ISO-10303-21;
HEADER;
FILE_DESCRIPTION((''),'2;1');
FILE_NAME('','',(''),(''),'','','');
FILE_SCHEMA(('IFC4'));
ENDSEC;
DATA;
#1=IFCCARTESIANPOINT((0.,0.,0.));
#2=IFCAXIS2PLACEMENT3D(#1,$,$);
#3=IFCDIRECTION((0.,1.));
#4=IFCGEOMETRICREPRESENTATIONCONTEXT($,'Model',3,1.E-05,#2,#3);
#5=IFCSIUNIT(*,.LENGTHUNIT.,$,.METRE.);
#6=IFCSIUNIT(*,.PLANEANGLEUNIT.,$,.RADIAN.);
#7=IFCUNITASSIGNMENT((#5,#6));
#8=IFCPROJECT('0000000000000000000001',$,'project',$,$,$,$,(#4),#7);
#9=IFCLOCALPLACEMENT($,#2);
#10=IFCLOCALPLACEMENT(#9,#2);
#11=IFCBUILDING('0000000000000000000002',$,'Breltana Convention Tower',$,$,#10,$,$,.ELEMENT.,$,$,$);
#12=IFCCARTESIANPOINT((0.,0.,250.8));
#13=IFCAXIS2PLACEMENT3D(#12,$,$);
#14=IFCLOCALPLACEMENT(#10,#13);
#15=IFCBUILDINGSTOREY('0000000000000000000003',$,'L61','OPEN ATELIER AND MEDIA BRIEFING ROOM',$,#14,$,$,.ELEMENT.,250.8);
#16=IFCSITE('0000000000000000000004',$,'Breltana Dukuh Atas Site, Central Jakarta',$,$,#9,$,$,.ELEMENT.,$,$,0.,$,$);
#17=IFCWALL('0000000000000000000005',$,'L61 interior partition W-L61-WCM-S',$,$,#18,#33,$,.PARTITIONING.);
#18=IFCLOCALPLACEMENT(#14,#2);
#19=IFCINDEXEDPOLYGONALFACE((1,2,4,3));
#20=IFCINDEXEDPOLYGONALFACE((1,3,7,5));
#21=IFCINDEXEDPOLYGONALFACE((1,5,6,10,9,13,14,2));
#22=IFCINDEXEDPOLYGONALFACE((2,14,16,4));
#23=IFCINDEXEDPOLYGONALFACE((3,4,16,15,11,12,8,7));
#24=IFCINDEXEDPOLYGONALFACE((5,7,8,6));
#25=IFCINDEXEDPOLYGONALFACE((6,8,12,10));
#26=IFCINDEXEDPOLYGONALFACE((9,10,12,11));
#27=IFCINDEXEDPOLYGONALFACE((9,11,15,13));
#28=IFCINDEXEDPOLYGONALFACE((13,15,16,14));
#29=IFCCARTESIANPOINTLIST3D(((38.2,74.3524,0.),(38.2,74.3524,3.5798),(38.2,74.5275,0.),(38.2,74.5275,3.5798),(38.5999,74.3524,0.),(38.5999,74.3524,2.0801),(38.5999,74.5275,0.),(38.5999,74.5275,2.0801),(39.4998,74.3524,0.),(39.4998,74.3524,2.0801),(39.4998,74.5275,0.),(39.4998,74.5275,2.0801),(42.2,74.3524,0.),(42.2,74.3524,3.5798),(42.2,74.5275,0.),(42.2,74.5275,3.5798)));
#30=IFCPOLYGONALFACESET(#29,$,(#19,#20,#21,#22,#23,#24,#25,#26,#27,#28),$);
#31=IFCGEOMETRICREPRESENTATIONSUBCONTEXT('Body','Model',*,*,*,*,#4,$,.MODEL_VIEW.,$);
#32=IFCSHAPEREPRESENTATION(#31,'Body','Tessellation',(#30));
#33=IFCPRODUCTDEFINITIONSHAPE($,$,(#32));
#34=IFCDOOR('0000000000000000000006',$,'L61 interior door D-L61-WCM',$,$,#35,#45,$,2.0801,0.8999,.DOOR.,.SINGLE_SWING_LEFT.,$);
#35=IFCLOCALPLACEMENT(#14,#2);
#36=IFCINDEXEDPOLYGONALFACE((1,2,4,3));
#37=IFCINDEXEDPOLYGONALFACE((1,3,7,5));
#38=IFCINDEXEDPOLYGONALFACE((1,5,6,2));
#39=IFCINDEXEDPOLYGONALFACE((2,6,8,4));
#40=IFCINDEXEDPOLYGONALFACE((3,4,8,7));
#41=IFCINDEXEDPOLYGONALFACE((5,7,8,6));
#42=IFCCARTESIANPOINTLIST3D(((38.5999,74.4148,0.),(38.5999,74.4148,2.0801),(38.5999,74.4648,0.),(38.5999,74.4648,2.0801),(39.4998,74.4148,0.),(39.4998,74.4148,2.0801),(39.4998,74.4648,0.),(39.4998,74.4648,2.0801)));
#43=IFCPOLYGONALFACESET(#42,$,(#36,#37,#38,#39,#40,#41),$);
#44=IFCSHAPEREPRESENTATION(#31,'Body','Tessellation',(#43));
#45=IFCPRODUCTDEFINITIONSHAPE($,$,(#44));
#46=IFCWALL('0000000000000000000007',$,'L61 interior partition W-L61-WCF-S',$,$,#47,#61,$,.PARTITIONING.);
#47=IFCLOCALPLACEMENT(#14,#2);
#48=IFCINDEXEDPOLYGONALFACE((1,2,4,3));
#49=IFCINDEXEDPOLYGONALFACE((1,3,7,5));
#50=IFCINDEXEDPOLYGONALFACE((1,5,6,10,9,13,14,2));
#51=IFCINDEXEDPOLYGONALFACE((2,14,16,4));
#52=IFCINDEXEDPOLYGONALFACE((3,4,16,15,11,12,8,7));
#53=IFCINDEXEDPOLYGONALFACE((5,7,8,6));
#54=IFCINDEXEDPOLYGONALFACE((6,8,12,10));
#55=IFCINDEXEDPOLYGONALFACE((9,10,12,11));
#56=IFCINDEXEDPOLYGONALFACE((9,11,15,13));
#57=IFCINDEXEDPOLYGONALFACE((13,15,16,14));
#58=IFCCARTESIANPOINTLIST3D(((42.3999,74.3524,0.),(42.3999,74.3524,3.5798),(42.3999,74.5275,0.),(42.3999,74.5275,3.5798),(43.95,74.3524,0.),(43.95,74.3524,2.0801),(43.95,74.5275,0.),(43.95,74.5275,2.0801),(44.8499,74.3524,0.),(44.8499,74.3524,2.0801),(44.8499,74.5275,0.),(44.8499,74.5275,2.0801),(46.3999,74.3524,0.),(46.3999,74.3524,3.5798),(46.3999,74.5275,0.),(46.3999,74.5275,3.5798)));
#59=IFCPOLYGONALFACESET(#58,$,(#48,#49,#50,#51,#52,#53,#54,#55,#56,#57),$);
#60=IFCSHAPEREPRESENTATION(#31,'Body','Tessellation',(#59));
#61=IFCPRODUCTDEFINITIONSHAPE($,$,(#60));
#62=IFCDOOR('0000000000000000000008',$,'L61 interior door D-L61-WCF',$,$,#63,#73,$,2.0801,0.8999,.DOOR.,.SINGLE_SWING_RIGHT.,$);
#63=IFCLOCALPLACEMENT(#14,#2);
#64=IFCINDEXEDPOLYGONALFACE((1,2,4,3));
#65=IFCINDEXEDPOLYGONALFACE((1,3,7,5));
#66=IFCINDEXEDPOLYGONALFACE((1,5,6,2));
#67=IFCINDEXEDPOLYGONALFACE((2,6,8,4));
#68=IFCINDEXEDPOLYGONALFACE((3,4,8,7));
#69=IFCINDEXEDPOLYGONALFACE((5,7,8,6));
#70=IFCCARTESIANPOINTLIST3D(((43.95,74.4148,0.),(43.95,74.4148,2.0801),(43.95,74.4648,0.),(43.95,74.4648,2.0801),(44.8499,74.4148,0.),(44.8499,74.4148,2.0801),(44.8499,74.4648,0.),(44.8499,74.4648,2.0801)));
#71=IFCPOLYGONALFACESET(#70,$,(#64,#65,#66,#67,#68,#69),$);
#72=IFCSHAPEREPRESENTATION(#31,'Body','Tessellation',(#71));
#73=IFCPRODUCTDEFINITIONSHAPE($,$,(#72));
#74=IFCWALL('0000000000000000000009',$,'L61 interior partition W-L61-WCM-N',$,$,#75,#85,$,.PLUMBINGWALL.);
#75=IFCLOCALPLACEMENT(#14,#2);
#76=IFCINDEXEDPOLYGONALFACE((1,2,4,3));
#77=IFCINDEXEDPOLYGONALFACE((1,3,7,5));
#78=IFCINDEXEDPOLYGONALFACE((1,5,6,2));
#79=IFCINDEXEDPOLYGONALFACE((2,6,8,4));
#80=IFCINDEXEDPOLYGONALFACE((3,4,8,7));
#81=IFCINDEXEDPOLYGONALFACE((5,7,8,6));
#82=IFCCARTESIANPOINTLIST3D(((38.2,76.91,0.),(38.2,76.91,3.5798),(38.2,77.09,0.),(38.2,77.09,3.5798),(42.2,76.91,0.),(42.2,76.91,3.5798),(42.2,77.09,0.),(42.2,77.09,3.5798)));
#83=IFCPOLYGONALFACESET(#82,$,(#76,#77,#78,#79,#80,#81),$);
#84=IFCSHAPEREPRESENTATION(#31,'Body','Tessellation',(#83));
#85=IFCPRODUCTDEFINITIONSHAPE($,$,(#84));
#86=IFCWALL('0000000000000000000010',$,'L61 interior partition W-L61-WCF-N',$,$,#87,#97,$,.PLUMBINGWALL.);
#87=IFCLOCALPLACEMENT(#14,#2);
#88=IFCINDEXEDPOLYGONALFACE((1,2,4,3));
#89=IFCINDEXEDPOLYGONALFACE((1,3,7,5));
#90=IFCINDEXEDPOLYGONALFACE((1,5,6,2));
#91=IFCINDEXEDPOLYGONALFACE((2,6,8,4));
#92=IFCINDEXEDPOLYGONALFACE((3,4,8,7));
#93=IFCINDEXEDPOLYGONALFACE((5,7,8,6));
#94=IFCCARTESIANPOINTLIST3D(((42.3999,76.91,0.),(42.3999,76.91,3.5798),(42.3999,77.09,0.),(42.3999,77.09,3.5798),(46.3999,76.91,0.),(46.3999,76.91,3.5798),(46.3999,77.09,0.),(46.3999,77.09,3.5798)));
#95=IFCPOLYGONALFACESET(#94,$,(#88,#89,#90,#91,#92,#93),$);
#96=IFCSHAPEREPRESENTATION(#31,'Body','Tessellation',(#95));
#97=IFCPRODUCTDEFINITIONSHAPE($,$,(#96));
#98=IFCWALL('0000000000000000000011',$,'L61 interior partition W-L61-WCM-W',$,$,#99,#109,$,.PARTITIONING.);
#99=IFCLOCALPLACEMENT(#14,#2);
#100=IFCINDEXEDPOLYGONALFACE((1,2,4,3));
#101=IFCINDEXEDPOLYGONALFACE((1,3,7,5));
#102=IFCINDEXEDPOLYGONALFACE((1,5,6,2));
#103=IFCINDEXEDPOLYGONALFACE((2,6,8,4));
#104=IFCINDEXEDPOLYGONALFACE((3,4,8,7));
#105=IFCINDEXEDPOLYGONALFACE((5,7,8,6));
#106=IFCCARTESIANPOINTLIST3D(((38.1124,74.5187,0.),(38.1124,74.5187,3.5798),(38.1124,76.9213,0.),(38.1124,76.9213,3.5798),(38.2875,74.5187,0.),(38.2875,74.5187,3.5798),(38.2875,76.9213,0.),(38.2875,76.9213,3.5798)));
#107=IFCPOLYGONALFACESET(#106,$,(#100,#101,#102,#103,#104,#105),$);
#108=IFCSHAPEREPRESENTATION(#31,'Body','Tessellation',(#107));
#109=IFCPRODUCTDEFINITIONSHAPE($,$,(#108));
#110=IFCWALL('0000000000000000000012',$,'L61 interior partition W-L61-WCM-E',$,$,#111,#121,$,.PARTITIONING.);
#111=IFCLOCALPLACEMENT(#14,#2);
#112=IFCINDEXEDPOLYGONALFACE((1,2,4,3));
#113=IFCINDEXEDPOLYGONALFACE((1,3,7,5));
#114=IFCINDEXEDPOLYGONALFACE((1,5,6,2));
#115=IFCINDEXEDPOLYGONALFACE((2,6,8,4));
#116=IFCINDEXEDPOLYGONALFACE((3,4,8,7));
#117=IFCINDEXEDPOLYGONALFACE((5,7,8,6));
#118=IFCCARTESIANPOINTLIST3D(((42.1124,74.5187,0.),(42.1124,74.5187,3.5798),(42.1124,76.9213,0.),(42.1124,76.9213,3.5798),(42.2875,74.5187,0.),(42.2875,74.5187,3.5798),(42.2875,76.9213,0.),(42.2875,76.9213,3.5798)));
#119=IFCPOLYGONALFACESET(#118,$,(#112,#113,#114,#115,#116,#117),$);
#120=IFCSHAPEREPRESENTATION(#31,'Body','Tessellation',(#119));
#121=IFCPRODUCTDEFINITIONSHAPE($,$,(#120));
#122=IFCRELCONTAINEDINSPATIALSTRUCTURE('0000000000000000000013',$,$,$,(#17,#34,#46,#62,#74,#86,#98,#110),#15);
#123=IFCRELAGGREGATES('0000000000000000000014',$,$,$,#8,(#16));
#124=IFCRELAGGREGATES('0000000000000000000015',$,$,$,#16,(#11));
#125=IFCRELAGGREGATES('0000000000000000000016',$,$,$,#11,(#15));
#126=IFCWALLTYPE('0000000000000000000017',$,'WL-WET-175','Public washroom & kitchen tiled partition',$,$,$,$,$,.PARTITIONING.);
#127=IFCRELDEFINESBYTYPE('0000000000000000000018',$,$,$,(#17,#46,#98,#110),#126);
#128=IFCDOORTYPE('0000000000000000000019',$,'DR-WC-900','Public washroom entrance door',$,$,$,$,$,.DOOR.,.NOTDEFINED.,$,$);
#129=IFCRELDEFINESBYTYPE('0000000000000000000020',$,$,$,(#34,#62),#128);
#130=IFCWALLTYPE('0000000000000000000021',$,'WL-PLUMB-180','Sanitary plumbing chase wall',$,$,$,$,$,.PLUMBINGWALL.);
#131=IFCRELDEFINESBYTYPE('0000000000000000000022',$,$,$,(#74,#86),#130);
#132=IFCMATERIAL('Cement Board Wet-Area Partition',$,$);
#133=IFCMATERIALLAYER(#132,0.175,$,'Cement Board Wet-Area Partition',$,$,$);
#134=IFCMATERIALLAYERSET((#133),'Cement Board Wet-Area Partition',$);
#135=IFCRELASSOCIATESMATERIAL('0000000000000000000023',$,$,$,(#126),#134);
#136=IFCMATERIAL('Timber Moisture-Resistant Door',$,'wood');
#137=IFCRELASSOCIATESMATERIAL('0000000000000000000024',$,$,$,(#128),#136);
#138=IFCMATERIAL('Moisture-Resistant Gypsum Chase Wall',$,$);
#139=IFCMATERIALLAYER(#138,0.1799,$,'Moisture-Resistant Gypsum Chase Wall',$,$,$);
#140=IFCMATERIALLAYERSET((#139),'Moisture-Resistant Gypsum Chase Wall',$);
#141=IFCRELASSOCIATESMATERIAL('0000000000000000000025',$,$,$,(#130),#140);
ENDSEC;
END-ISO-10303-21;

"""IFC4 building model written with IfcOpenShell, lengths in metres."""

from ifc_helpers import new_model, si_unit, direction, frame, frame_2d, origin, place, context, subcontext, project, spatial, rectangle, extrude, source, transform, mapped, material, layer, layer_set, type_object, type_shapes, element, fill, save


model = new_model("IFC4")

# Units and contexts
model_context = context("Model", 3, precision=1e-05, world=origin(), true_north=direction((0.0, 1.0)))
body_context = subcontext(model_context, "Body", "Model", "MODEL_VIEW")
ifc_project = project(units=[si_unit("LENGTHUNIT", "METRE"), si_unit("PLANEANGLEUNIT", "RADIAN")], contexts=[model_context])

# Site, building, storey
site_placement = place(None, origin())
site = spatial("IfcSite", under=ifc_project, at=site_placement, Name="Breltana Dukuh Atas Site, Central Jakarta", CompositionType="ELEMENT", RefElevation=0.0)
building_placement = place(site_placement, origin())
building = spatial("IfcBuilding", under=site, at=building_placement, Name="Breltana Convention Tower", CompositionType="ELEMENT")
storey_placement = place(building_placement, frame((0.0, 0.0, 250.8)))
storey = spatial("IfcBuildingStorey", under=building, at=storey_placement, Name="L61", Description="OPEN ATELIER AND MEDIA BRIEFING ROOM", CompositionType="ELEMENT", Elevation=250.8)

# Walls, openings, doors
ifc_material_1 = material(Name="Cement Board Wet-Area Partition")
ifc_layer_1 = layer(ifc_material_1, 0.175, Name="Cement Board Wet-Area Partition")
ifc_layer_set_1 = layer_set([ifc_layer_1], Name="Cement Board Wet-Area Partition")
wall_type_1 = type_object("IfcWallType", Name="WL-WET-175", Description="Public washroom & kitchen tiled partition", PredefinedType="PARTITIONING", material=ifc_layer_set_1)
shared_shape_1 = source(origin(), body_context, "Body", "SweptSolid", [
    extrude(rectangle(XDim=4.0, YDim=0.175, at=frame_2d((2.0, 0.0))), origin(), (0.0, 0.0, 1.0), 3.5798),
])
wall_1_placement = place(storey_placement, frame((38.2, 74.4399, 0.0), z_axis=(0.0, 0.0, 1.0), x_axis=(1.0, 0.0, 0.0)))
wall_1 = element("IfcWall", 1, at=wall_1_placement, inside=storey, type_object=wall_type_1, Name="L61 interior partition W-L61-WCM-S", PredefinedType="PARTITIONING", context=body_context, shape_type="MappedRepresentation", body=[
    mapped(shared_shape_1, transform((0.0, 0.0, 0.0), scale=1.0)),
])
opening_1_placement = place(wall_1_placement, frame((0.3999, 0.0, 0.0)))
opening_1 = element("IfcOpeningElement", 2, at=opening_1_placement, cuts=wall_1, PredefinedType="OPENING", context=body_context, shape_type="SweptSolid", body=[
    extrude(rectangle(XDim=0.8999, YDim=2.0801, at=frame_2d((0.45, 1.04))), frame((0.0, 0.0977, 0.0), z_axis=(0.0, -1.0, 0.0), x_axis=(1.0, 0.0, 0.0)), (0.0, 0.0, 1.0), 0.1951),
])
ifc_material_2 = material(Name="Timber Moisture-Resistant Door", Category="wood")
door_type_1 = type_object("IfcDoorType", Name="DR-WC-900", Description="Public washroom entrance door", OperationType="NOTDEFINED", PredefinedType="DOOR", material=ifc_material_2)
shared_shape_2 = source(origin(), body_context, "Body", "SweptSolid", [
    extrude(rectangle(XDim=0.8999, YDim=2.0801, at=frame_2d((0.45, 1.04))), frame((0.0, 0.0249, 0.0), z_axis=(0.0, -1.0, 0.0), x_axis=(1.0, 0.0, 0.0)), (0.0, 0.0, 1.0), 0.05),
])
type_shapes(door_type_1, [shared_shape_2])
door_1_placement = place(opening_1_placement, origin())
door_1 = element("IfcDoor", 3, at=door_1_placement, inside=storey, type_object=door_type_1, Name="L61 interior door D-L61-WCM", OperationType="SINGLE_SWING_LEFT", OverallHeight=2.0801, OverallWidth=0.8999, PredefinedType="DOOR", context=body_context, shape_type="MappedRepresentation", body=[
    mapped(shared_shape_2, transform((0.0, 0.0, 0.0), scale=1.0)),
])
fill(opening_1, door_1)
wall_2_placement = place(storey_placement, frame((42.3999, 74.4399, 0.0), z_axis=(0.0, 0.0, 1.0), x_axis=(1.0, 0.0, 0.0)))
wall_2 = element("IfcWall", 4, at=wall_2_placement, inside=storey, type_object=wall_type_1, Name="L61 interior partition W-L61-WCF-S", PredefinedType="PARTITIONING", context=body_context, shape_type="MappedRepresentation", body=[
    mapped(shared_shape_1, transform((0.0, 0.0, 0.0), scale=1.0)),
])
opening_2_placement = place(wall_2_placement, frame((1.55, 0.0, 0.0)))
opening_2 = element("IfcOpeningElement", 5, at=opening_2_placement, cuts=wall_2, PredefinedType="OPENING", context=body_context, shape_type="SweptSolid", body=[
    extrude(rectangle(XDim=0.8999, YDim=2.0801, at=frame_2d((0.45, 1.04))), frame((0.0, 0.0977, 0.0), z_axis=(0.0, -1.0, 0.0), x_axis=(1.0, 0.0, 0.0)), (0.0, 0.0, 1.0), 0.1951),
])
door_2_placement = place(opening_2_placement, origin())
door_2 = element("IfcDoor", 6, at=door_2_placement, inside=storey, type_object=door_type_1, Name="L61 interior door D-L61-WCF", OperationType="SINGLE_SWING_RIGHT", OverallHeight=2.0801, OverallWidth=0.8999, PredefinedType="DOOR", context=body_context, shape_type="MappedRepresentation", body=[
    mapped(shared_shape_2, transform((0.0, 0.0, 0.0), scale=1.0)),
])
fill(opening_2, door_2)

# Walls
ifc_material_3 = material(Name="Moisture-Resistant Gypsum Chase Wall")
ifc_layer_2 = layer(ifc_material_3, 0.1799, Name="Moisture-Resistant Gypsum Chase Wall")
ifc_layer_set_2 = layer_set([ifc_layer_2], Name="Moisture-Resistant Gypsum Chase Wall")
wall_type_2 = type_object("IfcWallType", Name="WL-PLUMB-180", Description="Sanitary plumbing chase wall", PredefinedType="PLUMBINGWALL", material=ifc_layer_set_2)
shared_shape_3 = source(origin(), body_context, "Body", "SweptSolid", [
    extrude(rectangle(XDim=4.0, YDim=0.1799, at=frame_2d((2.0, 0.0))), origin(), (0.0, 0.0, 1.0), 3.5798),
])
for number, where, z_axis, x_axis, name in (
    (7, (38.2, 77.0, 0.0), (0.0, 0.0, 1.0), (1.0, 0.0, 0.0), "L61 interior partition W-L61-WCM-N"),
    (8, (42.3999, 77.0, 0.0), (0.0, 0.0, 1.0), (1.0, 0.0, 0.0), "L61 interior partition W-L61-WCF-N"),
):
    element("IfcWall", number, at=place(storey_placement, frame(where, z_axis=z_axis, x_axis=x_axis)), inside=storey, type_object=wall_type_2, Name=name, PredefinedType="PLUMBINGWALL", context=body_context, shape_type="MappedRepresentation", body=[
        mapped(shared_shape_3, transform((0.0, 0.0, 0.0), scale=1.0)),
    ])
shared_shape_4 = source(origin(), body_context, "Body", "SweptSolid", [
    extrude(rectangle(XDim=2.4026, YDim=0.175, at=frame_2d((1.2012, 0.0))), origin(), (0.0, 0.0, 1.0), 3.5798),
])
for number, where, z_axis, x_axis, name in (
    (9, (38.2, 74.5188, 0.0), (0.0, 0.0, 1.0), (0.0, 1.0, 0.0), "L61 interior partition W-L61-WCM-W"),
    (10, (42.2, 74.5188, 0.0), (0.0, 0.0, 1.0), (0.0, 1.0, 0.0), "L61 interior partition W-L61-WCM-E"),
):
    element("IfcWall", number, at=place(storey_placement, frame(where, z_axis=z_axis, x_axis=x_axis)), inside=storey, type_object=wall_type_1, Name=name, PredefinedType="PARTITIONING", context=body_context, shape_type="MappedRepresentation", body=[
        mapped(shared_shape_4, transform((0.0, 0.0, 0.0), scale=1.0)),
    ])

save(model, "model.ifc")
